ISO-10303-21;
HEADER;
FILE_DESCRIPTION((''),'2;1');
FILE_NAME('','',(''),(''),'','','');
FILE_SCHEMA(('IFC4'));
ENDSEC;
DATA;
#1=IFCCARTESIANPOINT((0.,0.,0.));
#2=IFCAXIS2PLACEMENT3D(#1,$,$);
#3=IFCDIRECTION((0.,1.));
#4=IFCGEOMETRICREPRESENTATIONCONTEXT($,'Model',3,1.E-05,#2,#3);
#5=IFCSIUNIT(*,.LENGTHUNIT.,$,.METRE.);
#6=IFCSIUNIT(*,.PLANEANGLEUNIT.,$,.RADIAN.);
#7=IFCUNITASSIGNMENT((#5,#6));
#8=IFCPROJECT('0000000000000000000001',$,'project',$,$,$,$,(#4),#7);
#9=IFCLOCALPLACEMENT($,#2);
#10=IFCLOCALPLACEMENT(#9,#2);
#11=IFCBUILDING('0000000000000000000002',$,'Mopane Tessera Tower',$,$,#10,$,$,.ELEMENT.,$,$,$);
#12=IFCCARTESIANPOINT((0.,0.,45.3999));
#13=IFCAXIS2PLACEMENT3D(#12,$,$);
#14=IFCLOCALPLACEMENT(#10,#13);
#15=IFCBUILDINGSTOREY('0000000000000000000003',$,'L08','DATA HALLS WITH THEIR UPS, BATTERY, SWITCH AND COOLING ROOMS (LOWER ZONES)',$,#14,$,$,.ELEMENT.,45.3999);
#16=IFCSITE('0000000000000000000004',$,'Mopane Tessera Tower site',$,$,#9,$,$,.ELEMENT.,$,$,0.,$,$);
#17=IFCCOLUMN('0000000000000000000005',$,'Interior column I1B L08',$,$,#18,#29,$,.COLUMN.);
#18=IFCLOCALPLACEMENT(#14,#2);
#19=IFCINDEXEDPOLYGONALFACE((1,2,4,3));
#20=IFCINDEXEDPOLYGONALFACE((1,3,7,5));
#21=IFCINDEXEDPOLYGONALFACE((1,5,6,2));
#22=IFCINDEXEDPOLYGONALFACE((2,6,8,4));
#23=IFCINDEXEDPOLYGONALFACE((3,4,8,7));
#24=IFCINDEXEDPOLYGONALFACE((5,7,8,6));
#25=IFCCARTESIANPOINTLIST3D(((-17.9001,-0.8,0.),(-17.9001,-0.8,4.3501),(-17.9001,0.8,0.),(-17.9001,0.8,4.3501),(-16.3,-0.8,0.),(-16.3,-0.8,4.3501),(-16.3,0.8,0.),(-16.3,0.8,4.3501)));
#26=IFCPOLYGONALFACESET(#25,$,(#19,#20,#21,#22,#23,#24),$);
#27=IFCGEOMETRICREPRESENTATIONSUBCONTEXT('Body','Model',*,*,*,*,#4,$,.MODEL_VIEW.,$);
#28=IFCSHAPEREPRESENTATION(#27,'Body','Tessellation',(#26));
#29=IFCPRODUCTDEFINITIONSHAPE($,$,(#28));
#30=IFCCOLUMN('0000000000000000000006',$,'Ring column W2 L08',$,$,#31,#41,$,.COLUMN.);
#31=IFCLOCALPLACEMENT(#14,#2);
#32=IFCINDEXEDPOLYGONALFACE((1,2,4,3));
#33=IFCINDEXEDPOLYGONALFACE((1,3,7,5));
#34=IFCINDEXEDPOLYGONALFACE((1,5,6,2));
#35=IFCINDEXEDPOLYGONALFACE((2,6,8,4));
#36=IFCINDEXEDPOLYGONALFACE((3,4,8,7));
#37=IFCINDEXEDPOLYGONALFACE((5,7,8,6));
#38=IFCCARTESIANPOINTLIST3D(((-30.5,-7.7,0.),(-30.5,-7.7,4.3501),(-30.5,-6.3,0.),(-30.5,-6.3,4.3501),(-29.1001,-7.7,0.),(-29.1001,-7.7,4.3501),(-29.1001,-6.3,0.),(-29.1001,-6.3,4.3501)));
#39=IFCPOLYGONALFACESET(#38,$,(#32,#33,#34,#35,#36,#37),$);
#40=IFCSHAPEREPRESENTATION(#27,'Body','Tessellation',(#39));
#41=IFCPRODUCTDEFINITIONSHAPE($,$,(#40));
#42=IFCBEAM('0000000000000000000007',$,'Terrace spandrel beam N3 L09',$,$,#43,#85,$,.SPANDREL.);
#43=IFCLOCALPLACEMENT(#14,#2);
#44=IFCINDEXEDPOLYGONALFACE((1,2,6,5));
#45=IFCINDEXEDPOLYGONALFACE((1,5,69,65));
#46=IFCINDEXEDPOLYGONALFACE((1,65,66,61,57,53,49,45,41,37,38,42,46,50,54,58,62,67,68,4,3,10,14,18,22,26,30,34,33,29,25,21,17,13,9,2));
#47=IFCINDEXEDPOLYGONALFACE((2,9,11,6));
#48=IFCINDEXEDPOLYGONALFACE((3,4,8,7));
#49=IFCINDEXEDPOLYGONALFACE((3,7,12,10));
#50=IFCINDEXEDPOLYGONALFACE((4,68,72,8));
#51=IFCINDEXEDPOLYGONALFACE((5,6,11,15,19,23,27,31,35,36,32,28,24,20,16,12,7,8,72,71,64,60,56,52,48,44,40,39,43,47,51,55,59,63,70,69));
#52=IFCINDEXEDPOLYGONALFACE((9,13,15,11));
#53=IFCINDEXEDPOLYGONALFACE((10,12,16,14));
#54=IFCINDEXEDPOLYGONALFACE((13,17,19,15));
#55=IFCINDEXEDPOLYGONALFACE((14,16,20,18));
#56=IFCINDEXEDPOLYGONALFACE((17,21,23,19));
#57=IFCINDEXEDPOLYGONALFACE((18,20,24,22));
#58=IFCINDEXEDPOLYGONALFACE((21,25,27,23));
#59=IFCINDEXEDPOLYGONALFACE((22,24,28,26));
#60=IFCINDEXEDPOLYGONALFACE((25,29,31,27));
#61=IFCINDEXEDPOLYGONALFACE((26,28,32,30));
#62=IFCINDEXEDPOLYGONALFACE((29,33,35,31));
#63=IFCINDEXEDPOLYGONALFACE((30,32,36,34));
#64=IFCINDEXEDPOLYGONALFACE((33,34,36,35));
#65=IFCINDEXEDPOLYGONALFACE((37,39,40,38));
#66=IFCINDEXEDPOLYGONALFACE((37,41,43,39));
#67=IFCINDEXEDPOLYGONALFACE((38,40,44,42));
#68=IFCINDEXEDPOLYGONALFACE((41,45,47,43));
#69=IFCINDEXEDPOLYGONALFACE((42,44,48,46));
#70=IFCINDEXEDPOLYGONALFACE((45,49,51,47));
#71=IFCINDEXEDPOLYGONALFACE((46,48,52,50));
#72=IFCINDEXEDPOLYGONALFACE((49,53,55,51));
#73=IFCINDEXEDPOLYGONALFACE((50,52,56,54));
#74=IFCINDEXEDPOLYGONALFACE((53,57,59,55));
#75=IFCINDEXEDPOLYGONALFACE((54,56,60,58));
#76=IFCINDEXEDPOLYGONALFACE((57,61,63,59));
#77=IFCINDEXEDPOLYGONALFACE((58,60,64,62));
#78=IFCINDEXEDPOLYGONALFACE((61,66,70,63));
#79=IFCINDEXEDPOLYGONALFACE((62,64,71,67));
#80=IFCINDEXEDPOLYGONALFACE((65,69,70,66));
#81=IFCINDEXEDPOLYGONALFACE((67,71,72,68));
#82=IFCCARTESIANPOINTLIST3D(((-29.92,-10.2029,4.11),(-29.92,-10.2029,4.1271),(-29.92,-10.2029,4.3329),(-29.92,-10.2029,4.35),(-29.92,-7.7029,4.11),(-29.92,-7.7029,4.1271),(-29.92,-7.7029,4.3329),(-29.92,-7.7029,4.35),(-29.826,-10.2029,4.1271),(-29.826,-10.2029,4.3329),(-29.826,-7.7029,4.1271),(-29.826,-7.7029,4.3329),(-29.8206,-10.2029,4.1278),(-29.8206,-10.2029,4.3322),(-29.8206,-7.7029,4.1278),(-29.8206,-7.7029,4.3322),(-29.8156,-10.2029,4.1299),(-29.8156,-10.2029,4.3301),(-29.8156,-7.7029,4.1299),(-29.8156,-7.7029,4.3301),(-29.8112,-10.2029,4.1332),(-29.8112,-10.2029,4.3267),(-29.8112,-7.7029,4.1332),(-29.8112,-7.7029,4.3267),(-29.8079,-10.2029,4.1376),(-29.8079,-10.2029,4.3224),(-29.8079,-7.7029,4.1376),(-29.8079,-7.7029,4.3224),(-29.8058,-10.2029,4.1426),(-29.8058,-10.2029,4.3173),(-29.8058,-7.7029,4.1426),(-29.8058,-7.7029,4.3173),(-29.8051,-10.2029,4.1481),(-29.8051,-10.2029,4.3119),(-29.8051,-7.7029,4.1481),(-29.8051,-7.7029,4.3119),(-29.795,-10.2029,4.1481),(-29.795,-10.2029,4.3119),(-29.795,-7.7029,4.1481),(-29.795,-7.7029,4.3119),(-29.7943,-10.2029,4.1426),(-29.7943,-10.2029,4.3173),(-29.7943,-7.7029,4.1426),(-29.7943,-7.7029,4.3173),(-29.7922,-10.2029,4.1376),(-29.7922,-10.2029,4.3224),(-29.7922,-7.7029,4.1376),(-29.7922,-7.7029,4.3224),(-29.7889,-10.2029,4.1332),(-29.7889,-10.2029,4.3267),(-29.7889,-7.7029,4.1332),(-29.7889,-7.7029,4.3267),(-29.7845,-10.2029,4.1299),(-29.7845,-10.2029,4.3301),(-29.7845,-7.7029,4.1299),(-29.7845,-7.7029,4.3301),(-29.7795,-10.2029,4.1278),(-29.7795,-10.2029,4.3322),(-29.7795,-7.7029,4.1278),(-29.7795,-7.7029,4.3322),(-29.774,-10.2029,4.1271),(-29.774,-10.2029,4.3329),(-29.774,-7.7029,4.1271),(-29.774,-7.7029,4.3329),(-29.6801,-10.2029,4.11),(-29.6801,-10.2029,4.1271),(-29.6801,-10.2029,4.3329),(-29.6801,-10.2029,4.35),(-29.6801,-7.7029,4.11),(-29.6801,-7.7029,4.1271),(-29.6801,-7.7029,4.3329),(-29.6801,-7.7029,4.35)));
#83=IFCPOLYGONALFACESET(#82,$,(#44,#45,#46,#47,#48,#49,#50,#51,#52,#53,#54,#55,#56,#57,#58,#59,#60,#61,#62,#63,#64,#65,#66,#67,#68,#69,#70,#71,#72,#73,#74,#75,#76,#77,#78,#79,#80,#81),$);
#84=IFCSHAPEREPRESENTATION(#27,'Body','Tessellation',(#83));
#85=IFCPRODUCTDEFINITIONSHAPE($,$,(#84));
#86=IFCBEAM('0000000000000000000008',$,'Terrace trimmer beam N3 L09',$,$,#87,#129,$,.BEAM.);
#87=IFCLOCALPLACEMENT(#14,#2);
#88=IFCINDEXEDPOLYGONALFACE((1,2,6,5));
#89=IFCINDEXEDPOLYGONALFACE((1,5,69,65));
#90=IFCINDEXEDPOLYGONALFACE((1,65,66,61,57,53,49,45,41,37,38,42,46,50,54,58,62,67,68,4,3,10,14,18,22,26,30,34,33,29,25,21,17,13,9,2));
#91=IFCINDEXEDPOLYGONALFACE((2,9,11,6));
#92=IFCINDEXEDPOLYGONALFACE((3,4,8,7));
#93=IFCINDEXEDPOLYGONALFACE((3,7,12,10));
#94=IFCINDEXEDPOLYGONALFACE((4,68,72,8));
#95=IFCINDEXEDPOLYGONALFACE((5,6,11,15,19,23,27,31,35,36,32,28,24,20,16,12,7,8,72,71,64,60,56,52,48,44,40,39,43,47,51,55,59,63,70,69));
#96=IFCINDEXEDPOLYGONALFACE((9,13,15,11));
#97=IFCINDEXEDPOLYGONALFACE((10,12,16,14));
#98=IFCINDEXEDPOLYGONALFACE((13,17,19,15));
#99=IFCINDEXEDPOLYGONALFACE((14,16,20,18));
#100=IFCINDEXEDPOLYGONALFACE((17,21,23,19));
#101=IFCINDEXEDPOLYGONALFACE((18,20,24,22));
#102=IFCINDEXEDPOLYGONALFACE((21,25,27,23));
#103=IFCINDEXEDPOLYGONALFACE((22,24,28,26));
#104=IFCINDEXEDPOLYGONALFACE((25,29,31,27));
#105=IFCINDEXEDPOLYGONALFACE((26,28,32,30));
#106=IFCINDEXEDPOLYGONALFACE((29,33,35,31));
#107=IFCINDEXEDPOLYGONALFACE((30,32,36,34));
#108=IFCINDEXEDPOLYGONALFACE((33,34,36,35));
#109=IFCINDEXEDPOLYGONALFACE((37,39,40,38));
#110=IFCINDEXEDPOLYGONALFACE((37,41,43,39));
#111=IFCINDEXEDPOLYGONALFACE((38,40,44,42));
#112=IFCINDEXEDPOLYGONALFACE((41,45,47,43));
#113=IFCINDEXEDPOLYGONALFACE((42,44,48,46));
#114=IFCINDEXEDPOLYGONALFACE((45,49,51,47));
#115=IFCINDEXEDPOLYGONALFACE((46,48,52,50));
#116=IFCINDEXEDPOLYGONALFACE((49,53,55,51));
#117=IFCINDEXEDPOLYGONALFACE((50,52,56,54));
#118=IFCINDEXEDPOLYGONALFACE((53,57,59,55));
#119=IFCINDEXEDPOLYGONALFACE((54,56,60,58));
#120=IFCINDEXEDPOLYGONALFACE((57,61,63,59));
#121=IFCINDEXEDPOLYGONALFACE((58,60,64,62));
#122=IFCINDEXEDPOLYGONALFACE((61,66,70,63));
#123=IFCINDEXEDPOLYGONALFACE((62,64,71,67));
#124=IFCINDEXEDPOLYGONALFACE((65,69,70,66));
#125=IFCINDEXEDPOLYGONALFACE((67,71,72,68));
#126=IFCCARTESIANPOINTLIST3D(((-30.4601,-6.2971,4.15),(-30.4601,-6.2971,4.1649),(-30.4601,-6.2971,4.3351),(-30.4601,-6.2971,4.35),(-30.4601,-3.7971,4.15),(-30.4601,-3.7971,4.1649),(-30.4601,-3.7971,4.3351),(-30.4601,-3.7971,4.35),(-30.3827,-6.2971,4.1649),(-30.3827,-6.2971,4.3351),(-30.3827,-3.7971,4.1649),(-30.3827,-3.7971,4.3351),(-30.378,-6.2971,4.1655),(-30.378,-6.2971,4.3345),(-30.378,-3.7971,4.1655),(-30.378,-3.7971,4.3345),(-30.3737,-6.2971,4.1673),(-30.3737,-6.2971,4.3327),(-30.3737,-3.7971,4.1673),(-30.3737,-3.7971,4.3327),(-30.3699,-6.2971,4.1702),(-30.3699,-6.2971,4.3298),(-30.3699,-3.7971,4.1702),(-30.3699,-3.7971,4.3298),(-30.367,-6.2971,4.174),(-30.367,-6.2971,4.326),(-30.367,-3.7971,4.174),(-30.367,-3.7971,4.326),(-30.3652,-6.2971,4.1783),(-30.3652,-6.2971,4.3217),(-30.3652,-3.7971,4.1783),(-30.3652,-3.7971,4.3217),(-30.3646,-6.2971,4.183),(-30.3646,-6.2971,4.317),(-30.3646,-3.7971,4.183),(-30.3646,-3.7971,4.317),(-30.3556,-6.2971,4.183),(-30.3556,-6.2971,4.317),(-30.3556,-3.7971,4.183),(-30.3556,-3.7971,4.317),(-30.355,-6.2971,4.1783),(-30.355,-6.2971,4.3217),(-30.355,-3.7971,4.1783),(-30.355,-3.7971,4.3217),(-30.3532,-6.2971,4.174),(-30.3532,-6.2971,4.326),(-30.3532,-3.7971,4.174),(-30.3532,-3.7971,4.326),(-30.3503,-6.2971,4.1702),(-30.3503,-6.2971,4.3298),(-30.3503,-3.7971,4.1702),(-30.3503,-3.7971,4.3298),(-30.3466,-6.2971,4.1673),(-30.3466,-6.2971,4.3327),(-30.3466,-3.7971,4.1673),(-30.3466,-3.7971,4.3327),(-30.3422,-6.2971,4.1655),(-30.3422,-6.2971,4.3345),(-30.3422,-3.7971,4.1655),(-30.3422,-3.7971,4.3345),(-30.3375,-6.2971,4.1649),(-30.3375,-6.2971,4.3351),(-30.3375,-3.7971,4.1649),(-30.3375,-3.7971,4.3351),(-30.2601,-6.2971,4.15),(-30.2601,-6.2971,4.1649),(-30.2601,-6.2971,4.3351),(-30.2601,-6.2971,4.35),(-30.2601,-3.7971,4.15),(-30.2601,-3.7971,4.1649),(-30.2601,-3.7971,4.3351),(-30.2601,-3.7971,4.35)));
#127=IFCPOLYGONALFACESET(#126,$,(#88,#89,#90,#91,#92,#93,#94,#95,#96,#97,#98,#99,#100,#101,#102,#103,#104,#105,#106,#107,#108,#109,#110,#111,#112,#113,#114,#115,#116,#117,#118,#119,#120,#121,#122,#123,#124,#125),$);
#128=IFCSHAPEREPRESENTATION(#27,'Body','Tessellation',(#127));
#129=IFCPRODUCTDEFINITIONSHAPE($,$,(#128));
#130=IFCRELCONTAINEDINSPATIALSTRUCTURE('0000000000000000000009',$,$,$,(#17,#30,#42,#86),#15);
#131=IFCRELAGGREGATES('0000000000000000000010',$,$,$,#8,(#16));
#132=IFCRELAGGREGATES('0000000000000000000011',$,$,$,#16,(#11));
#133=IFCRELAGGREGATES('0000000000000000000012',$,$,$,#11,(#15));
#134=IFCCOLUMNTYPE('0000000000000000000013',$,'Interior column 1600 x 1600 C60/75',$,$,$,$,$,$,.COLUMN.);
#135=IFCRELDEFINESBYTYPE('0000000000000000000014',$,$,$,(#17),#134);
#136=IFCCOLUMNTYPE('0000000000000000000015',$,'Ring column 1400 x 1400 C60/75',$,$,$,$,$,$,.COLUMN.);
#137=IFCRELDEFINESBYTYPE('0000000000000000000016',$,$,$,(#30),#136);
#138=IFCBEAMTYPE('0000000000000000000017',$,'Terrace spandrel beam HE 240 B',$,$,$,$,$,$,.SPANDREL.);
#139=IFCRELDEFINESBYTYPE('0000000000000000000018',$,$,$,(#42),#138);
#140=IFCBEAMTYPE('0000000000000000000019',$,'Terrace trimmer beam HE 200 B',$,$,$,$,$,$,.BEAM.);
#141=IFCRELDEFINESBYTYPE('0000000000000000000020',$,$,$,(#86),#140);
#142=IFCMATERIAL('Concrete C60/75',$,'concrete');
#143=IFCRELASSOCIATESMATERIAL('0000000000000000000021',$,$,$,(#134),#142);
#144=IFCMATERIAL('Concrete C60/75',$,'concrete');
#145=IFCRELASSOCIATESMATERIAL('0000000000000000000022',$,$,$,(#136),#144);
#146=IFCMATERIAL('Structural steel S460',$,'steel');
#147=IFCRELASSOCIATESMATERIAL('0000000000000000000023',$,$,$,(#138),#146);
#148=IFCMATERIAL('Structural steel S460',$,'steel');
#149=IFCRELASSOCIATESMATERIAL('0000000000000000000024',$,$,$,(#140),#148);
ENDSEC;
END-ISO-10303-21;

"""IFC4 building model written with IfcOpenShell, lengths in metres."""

from ifc_helpers import new_model, si_unit, direction, frame, origin, origin_2d, place, context, subcontext, project, spatial, rectangle, i_section, extrude, material, material_profile, profile_set, type_object, element, save


model = new_model("IFC4")

# Units and contexts
model_context = context("Model", 3, precision=1e-05, world=origin(), true_north=direction((0.0, 1.0)))
body_context = subcontext(model_context, "Body", "Model", "MODEL_VIEW")
ifc_project = project(units=[si_unit("LENGTHUNIT", "METRE"), si_unit("PLANEANGLEUNIT", "RADIAN")], contexts=[model_context])

# Site, building, storey
site_placement = place(None, origin())
site = spatial("IfcSite", under=ifc_project, at=site_placement, Name="Mopane Tessera Tower site", CompositionType="ELEMENT", RefElevation=0.0)
building_placement = place(site_placement, origin())
building = spatial("IfcBuilding", under=site, at=building_placement, Name="Mopane Tessera Tower", CompositionType="ELEMENT")
storey_placement = place(building_placement, frame((0.0, 0.0, 45.3999)))
storey = spatial("IfcBuildingStorey", under=building, at=storey_placement, Name="L08", Description="DATA HALLS WITH THEIR UPS, BATTERY, SWITCH AND COOLING ROOMS (LOWER ZONES)", CompositionType="ELEMENT", Elevation=45.3999)

# Columns
ifc_material_1 = material(Name="Concrete C60/75", Category="concrete")
ifc_material_profile_1 = material_profile(ifc_material_1, rectangle(XDim=1.6001, YDim=1.6001, at=origin_2d()))
ifc_profile_set_1 = profile_set([ifc_material_profile_1], Name="Concrete C60/75")
column_type_1 = type_object("IfcColumnType", Name="Interior column 1600 x 1600 C60/75", PredefinedType="COLUMN", material=ifc_profile_set_1)
column_1_placement = place(storey_placement, frame((-17.1001, 0.0, 0.0), z_axis=(0.0, 0.0, 1.0), x_axis=(1.0, 0.0, 0.0)))
element("IfcColumn", 1, at=column_1_placement, inside=storey, type_object=column_type_1, Name="Interior column I1B L08", PredefinedType="COLUMN", context=body_context, shape_type="SweptSolid", body=[
    extrude(rectangle(XDim=1.6001, YDim=1.6001, at=origin_2d()), origin(), (0.0, 0.0, 1.0), 4.3501),
])
ifc_material_2 = material(Name="Concrete C60/75", Category="concrete")
ifc_material_profile_2 = material_profile(ifc_material_2, rectangle(XDim=1.3999, YDim=1.3999, at=origin_2d()))
ifc_profile_set_2 = profile_set([ifc_material_profile_2], Name="Concrete C60/75")
column_type_2 = type_object("IfcColumnType", Name="Ring column 1400 x 1400 C60/75", PredefinedType="COLUMN", material=ifc_profile_set_2)
column_2_placement = place(storey_placement, frame((-29.8, -7.0, 0.0), z_axis=(0.0, 0.0, 1.0), x_axis=(1.0, 0.0, 0.0)))
element("IfcColumn", 2, at=column_2_placement, inside=storey, type_object=column_type_2, Name="Ring column W2 L08", PredefinedType="COLUMN", context=body_context, shape_type="SweptSolid", body=[
    extrude(rectangle(XDim=1.3999, YDim=1.3999, at=origin_2d()), origin(), (0.0, 0.0, 1.0), 4.3501),
])

# Beams
ifc_material_3 = material(Name="Structural steel S460", Category="steel")
ifc_material_profile_3 = material_profile(ifc_material_3, i_section(OverallWidth=0.24, OverallDepth=0.24, WebThickness=0.01, FlangeThickness=0.0171, FilletRadius=0.021, at=origin_2d()))
ifc_profile_set_3 = profile_set([ifc_material_profile_3], Name="Structural steel S460")
beam_type_1 = type_object("IfcBeamType", Name="Terrace spandrel beam HE 240 B", PredefinedType="SPANDREL", material=ifc_profile_set_3)
beam_1_placement = place(storey_placement, frame((-29.8, -7.7029, 4.23), z_axis=(0.0, -1.0, 0.0), x_axis=(1.0, 0.0, 0.0)))
element("IfcBeam", 3, at=beam_1_placement, inside=storey, type_object=beam_type_1, Name="Terrace spandrel beam N3 L09", PredefinedType="SPANDREL", context=body_context, shape_type="SweptSolid", body=[
    extrude(i_section(OverallWidth=0.24, OverallDepth=0.24, WebThickness=0.01, FlangeThickness=0.0171, FilletRadius=0.021, at=origin_2d()), origin(), (0.0, 0.0, 1.0), 2.5),
])
ifc_material_4 = material(Name="Structural steel S460", Category="steel")
ifc_material_profile_4 = material_profile(ifc_material_4, i_section(OverallWidth=0.2, OverallDepth=0.2, WebThickness=0.009, FlangeThickness=0.0149, FilletRadius=0.0181, at=origin_2d()))
ifc_profile_set_4 = profile_set([ifc_material_profile_4], Name="Structural steel S460")
beam_type_2 = type_object("IfcBeamType", Name="Terrace trimmer beam HE 200 B", PredefinedType="BEAM", material=ifc_profile_set_4)
beam_2_placement = place(storey_placement, frame((-30.3601, -6.2971, 4.25), z_axis=(0.0, 1.0, 0.0), x_axis=(-1.0, 0.0, 0.0)))
element("IfcBeam", 4, at=beam_2_placement, inside=storey, type_object=beam_type_2, Name="Terrace trimmer beam N3 L09", PredefinedType="BEAM", context=body_context, shape_type="SweptSolid", body=[
    extrude(i_section(OverallWidth=0.2, OverallDepth=0.2, WebThickness=0.009, FlangeThickness=0.0149, FilletRadius=0.0181, at=origin_2d()), origin(), (0.0, 0.0, 1.0), 2.5),
])

save(model, "model.ifc")
